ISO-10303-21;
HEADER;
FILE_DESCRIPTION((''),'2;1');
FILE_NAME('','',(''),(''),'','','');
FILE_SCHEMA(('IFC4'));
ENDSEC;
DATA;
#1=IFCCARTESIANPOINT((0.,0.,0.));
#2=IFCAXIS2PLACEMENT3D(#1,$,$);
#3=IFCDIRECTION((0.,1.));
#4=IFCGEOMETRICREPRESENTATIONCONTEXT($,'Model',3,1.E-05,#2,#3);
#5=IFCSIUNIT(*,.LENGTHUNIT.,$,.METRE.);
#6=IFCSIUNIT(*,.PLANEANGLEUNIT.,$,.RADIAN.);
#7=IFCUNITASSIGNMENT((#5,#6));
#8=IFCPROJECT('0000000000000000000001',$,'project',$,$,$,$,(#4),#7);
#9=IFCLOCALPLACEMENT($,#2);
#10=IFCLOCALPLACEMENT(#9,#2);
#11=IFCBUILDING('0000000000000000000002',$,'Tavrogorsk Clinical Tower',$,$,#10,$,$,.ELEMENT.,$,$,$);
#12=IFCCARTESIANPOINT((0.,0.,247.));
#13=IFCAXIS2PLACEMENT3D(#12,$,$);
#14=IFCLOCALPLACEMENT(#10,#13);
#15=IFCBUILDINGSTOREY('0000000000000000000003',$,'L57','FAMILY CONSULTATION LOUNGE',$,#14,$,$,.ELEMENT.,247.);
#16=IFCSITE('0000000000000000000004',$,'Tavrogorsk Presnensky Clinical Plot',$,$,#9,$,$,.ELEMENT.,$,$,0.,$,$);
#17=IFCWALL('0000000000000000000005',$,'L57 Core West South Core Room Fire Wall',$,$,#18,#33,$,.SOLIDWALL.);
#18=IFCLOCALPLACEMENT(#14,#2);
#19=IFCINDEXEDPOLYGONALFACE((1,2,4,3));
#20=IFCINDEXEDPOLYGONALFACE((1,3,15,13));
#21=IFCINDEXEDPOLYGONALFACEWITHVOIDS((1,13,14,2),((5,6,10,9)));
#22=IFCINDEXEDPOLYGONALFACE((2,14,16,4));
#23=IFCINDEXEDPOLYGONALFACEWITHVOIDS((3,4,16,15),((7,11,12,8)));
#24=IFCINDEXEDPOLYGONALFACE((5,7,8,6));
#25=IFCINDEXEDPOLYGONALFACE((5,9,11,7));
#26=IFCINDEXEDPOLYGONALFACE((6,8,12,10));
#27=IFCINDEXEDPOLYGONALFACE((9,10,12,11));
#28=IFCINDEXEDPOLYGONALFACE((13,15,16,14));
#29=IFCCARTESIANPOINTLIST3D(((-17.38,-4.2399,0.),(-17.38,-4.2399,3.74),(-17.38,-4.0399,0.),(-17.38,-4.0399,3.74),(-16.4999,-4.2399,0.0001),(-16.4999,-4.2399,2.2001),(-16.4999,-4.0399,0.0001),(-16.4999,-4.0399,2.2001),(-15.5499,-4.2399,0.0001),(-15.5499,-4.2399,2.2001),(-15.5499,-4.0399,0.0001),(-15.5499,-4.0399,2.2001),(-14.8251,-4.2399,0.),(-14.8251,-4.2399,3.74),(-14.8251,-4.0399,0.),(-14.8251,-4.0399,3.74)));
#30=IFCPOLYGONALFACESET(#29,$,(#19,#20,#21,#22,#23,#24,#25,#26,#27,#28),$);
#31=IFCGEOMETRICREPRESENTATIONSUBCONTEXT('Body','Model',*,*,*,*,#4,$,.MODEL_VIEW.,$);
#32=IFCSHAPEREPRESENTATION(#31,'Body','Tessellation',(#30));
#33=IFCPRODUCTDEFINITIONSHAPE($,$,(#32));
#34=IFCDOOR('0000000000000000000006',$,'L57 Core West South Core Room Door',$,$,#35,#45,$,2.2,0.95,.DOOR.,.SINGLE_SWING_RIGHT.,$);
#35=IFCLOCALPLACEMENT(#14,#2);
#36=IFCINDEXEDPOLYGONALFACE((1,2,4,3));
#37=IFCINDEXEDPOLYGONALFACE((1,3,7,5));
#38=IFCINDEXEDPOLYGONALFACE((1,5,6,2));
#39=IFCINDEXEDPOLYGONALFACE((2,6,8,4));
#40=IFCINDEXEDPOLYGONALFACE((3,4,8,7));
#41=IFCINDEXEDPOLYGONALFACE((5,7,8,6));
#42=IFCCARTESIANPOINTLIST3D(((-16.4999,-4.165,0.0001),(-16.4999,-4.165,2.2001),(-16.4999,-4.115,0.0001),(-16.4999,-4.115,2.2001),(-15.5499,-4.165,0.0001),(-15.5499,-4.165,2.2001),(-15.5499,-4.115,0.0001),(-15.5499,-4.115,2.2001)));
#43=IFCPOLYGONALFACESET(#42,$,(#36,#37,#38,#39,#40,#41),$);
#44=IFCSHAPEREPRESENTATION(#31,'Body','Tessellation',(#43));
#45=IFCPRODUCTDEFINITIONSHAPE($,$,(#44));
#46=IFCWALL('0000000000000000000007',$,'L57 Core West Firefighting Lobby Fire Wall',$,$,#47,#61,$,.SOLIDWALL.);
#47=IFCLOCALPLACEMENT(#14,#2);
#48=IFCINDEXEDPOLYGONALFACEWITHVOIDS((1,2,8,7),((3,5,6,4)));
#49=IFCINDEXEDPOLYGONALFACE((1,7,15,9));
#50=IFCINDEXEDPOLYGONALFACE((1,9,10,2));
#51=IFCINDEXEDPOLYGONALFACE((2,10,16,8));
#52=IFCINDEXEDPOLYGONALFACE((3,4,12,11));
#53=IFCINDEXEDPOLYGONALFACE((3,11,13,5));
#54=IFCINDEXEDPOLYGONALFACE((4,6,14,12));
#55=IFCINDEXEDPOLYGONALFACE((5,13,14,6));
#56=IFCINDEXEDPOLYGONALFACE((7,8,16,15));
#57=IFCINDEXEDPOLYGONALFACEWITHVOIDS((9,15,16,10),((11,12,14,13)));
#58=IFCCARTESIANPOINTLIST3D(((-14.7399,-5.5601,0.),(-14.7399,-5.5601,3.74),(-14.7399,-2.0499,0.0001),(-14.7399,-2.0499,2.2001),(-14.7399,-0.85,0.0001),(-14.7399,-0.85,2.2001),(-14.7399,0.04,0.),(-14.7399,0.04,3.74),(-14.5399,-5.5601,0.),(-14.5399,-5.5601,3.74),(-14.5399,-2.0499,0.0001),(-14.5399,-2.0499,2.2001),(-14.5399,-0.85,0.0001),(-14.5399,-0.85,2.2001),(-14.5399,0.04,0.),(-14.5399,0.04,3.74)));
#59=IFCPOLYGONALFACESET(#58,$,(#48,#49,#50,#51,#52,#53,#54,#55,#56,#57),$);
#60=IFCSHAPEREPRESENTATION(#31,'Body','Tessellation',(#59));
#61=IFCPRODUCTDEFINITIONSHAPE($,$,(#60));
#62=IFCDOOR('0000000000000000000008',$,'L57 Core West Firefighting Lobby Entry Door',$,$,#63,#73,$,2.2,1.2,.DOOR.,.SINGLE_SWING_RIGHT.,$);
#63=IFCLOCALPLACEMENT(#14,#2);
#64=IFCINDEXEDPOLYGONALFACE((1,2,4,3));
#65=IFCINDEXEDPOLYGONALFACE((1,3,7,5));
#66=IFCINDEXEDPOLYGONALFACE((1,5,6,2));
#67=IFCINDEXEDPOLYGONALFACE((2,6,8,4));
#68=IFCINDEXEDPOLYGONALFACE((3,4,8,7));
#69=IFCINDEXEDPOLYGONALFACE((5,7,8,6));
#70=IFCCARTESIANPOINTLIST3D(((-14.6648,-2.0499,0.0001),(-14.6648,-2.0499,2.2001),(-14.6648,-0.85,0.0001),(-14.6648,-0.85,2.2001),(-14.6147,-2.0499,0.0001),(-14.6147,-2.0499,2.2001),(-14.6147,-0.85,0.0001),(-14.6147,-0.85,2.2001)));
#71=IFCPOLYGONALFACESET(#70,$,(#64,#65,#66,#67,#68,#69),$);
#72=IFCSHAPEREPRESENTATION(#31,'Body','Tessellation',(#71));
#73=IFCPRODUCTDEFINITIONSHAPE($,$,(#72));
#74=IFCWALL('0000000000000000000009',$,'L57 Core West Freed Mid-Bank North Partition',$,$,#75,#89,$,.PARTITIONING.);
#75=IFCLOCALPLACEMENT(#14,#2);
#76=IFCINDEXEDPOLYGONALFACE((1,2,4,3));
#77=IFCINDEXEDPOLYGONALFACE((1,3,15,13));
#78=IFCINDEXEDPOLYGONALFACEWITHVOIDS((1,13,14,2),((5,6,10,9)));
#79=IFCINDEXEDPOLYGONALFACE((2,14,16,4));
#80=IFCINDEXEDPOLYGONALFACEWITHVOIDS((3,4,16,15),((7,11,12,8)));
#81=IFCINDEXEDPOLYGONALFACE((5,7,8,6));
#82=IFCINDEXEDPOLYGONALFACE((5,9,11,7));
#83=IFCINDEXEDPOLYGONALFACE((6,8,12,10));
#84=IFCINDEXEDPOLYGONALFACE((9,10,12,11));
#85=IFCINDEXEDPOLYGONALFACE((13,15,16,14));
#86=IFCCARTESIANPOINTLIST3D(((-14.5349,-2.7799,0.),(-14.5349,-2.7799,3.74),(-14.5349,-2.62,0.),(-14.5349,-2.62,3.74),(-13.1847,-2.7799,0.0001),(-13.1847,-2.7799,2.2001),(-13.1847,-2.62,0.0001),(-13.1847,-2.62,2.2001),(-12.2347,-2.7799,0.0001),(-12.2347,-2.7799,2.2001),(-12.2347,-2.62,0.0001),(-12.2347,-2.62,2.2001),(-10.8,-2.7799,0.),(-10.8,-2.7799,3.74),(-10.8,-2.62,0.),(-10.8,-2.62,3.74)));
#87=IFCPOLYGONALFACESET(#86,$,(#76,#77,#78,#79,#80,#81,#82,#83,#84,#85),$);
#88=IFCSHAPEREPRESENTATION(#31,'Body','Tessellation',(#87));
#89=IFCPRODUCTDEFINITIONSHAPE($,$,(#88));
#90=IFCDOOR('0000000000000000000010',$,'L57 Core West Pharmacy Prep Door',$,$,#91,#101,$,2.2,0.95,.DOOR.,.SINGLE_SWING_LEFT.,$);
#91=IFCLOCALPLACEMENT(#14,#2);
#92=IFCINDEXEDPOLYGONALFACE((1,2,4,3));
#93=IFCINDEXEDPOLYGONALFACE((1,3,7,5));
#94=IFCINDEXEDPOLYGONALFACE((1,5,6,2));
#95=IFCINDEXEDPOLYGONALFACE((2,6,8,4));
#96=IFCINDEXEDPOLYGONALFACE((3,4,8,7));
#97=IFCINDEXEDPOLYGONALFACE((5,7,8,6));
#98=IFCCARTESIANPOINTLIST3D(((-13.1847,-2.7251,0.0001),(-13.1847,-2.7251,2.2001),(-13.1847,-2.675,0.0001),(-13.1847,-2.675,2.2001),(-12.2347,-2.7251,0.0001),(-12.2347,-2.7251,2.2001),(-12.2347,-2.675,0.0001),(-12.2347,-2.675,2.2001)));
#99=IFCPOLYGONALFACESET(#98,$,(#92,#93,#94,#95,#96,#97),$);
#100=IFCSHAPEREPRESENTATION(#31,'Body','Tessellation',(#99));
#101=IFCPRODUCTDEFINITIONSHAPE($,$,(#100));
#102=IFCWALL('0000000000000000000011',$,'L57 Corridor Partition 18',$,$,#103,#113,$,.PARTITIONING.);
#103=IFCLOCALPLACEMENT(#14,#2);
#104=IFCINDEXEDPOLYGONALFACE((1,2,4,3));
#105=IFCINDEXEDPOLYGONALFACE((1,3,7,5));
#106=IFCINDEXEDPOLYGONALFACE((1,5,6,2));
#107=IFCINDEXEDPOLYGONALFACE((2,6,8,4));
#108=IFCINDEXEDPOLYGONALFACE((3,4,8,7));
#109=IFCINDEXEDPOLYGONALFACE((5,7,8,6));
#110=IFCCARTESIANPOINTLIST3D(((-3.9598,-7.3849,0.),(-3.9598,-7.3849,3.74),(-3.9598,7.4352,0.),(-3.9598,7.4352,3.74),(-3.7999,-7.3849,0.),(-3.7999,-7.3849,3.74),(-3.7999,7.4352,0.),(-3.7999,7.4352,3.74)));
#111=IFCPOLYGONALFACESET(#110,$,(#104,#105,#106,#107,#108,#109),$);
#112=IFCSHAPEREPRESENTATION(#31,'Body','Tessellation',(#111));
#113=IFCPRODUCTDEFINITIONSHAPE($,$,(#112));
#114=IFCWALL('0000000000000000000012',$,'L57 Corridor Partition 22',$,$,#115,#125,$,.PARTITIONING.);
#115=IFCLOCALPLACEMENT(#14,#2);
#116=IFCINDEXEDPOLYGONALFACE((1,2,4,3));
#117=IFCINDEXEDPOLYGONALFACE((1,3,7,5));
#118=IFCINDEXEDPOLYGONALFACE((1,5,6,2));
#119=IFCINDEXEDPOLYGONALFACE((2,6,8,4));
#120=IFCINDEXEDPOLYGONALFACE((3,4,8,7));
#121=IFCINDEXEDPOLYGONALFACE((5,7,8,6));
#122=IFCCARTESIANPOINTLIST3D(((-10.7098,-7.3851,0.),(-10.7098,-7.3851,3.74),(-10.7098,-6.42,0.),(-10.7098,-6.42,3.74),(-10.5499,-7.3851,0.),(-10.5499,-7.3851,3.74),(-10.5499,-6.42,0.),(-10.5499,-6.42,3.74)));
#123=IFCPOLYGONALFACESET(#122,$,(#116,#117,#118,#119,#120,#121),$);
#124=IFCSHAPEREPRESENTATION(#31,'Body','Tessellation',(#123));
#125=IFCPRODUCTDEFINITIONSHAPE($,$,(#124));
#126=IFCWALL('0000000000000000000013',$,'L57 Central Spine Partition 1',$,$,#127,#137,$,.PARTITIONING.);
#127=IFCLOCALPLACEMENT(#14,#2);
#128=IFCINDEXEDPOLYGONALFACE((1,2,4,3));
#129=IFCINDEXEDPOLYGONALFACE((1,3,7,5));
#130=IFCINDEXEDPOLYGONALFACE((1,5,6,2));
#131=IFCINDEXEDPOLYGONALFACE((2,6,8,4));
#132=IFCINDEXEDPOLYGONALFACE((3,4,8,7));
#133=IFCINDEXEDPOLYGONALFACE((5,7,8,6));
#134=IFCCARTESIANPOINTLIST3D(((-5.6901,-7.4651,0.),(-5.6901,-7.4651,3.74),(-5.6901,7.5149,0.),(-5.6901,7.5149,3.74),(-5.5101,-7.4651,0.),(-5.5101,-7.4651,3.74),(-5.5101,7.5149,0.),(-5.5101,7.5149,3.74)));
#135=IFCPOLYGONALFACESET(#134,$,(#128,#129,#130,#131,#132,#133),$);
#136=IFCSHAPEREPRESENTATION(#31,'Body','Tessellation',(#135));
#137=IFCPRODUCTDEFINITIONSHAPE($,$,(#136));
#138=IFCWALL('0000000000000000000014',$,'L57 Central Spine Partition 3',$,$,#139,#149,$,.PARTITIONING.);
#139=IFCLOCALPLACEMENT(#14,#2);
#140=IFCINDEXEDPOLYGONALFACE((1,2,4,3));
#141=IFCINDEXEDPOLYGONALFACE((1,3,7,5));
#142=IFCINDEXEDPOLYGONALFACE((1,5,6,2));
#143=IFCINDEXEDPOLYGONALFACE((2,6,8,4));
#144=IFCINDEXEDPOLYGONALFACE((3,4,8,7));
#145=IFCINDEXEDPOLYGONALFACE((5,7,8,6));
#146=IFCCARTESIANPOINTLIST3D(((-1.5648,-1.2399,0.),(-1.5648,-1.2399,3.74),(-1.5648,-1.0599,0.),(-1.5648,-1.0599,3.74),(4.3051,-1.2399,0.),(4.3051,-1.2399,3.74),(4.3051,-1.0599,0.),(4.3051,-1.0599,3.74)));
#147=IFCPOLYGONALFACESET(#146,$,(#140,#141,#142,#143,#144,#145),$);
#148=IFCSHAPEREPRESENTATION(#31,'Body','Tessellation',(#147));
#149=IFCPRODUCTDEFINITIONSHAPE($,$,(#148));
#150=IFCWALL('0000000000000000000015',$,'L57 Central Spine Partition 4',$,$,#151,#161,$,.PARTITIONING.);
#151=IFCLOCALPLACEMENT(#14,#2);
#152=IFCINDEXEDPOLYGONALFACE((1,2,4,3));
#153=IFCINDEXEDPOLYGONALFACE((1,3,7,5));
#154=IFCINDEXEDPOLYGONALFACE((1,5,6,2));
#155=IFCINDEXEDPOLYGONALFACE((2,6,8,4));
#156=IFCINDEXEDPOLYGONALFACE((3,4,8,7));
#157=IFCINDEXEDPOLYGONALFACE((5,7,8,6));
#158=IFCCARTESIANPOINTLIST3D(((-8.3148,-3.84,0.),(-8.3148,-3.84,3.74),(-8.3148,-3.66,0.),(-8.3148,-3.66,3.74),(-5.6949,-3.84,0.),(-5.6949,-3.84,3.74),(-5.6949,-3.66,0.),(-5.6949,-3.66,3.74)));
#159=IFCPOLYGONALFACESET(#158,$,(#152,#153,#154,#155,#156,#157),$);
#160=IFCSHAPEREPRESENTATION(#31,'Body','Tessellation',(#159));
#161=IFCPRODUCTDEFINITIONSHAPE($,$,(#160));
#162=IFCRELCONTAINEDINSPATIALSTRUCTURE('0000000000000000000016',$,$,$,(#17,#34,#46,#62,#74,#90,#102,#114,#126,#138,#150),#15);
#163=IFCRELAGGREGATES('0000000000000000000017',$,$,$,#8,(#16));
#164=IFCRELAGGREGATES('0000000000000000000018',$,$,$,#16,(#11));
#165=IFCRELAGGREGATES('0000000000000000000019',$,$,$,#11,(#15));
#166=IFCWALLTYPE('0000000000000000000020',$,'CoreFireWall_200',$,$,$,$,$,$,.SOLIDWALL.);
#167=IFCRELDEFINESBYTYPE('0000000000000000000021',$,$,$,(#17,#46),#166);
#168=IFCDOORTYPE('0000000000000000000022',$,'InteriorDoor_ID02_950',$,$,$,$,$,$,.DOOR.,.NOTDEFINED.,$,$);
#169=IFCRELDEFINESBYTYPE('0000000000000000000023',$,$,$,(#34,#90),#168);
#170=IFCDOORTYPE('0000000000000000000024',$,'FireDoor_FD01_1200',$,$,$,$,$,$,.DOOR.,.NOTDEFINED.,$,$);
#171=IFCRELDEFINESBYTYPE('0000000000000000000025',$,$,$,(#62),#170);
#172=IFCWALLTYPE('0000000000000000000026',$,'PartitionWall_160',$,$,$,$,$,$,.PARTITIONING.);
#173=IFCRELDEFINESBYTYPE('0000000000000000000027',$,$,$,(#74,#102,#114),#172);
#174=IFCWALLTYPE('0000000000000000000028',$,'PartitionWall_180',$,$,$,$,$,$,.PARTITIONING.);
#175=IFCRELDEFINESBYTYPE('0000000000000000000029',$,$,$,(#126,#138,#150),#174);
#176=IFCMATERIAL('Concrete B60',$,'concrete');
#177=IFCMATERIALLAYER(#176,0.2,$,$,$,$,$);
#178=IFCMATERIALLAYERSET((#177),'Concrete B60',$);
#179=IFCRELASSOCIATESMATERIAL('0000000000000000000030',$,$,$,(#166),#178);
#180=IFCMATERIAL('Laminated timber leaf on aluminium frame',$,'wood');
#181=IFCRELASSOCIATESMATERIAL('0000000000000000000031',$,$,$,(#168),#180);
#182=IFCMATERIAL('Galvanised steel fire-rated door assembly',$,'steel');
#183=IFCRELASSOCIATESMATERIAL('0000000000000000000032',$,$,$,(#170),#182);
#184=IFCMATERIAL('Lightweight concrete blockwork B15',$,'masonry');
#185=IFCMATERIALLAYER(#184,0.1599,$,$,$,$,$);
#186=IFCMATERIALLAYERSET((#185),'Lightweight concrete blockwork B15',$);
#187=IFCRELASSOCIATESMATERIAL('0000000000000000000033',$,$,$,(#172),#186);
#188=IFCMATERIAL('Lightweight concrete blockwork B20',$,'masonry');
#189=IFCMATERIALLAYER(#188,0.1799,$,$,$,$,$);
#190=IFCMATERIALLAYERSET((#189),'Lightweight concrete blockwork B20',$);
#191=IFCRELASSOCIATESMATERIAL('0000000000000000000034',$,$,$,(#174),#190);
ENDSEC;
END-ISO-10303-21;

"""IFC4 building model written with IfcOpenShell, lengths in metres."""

from ifc_helpers import new_model, si_unit, direction, frame, frame_2d, origin, place, context, subcontext, project, spatial, rectangle, extrude, material, layer, layer_set, type_object, element, fill, save


model = new_model("IFC4")

# Units and contexts
model_context = context("Model", 3, precision=1e-05, world=origin(), true_north=direction((0.0, 1.0)))
body_context = subcontext(model_context, "Body", "Model", "MODEL_VIEW")
ifc_project = project(units=[si_unit("LENGTHUNIT", "METRE"), si_unit("PLANEANGLEUNIT", "RADIAN")], contexts=[model_context])

# Site, building, storey
site_placement = place(None, origin())
site = spatial("IfcSite", under=ifc_project, at=site_placement, Name="Tavrogorsk Presnensky Clinical Plot", CompositionType="ELEMENT", RefElevation=0.0)
building_placement = place(site_placement, origin())
building = spatial("IfcBuilding", under=site, at=building_placement, Name="Tavrogorsk Clinical Tower", CompositionType="ELEMENT")
storey_placement = place(building_placement, frame((0.0, 0.0, 247.0)))
storey = spatial("IfcBuildingStorey", under=building, at=storey_placement, Name="L57", Description="FAMILY CONSULTATION LOUNGE", CompositionType="ELEMENT", Elevation=247.0)

# Walls, openings, doors
ifc_material_1 = material(Name="Concrete B60", Category="concrete")
ifc_layer_1 = layer(ifc_material_1, 0.2)
ifc_layer_set_1 = layer_set([ifc_layer_1], Name="Concrete B60")
wall_type_1 = type_object("IfcWallType", Name="CoreFireWall_200", PredefinedType="SOLIDWALL", material=ifc_layer_set_1)
wall_1_placement = place(storey_placement, frame((-17.3799, -4.1399, 0.0), z_axis=(0.0, 0.0, 1.0), x_axis=(1.0, 0.0, 0.0)))
wall_1 = element("IfcWall", 1, at=wall_1_placement, inside=storey, type_object=wall_type_1, Name="L57 Core West South Core Room Fire Wall", PredefinedType="SOLIDWALL", context=body_context, shape_type="SweptSolid", body=[
    extrude(rectangle(XDim=2.5549, YDim=0.2, at=frame_2d((1.2773, 0.0))), origin(), (0.0, 0.0, 1.0), 3.74),
])
opening_1_placement = place(wall_1_placement, frame((0.8799, 0.0, 0.0)))
opening_1 = element("IfcOpeningElement", 2, at=opening_1_placement, cuts=wall_1, PredefinedType="OPENING", context=body_context, shape_type="SweptSolid", body=[
    extrude(rectangle(XDim=0.95, YDim=2.2, at=frame_2d((0.4751, 1.1001))), frame((0.0, 0.1099, 0.0), z_axis=(0.0, -1.0, 0.0), x_axis=(1.0, 0.0, 0.0)), (0.0, 0.0, 1.0), 0.22),
])
ifc_material_2 = material(Name="Laminated timber leaf on aluminium frame", Category="wood")
door_type_1 = type_object("IfcDoorType", Name="InteriorDoor_ID02_950", OperationType="NOTDEFINED", PredefinedType="DOOR", material=ifc_material_2)
door_1_placement = place(opening_1_placement, origin())
door_1 = element("IfcDoor", 3, at=door_1_placement, inside=storey, type_object=door_type_1, Name="L57 Core West South Core Room Door", OperationType="SINGLE_SWING_RIGHT", OverallHeight=2.2, OverallWidth=0.95, PredefinedType="DOOR", context=body_context, shape_type="SweptSolid", body=[
    extrude(rectangle(XDim=0.95, YDim=2.2, at=frame_2d((0.4751, 1.1001))), frame((0.0, 0.0249, 0.0), z_axis=(0.0, -1.0, 0.0), x_axis=(1.0, 0.0, 0.0)), (0.0, 0.0, 1.0), 0.05),
])
fill(opening_1, door_1)
wall_2_placement = place(storey_placement, frame((-14.6399, -5.5601, 0.0), z_axis=(0.0, 0.0, 1.0), x_axis=(0.0, 1.0, 0.0)))
wall_2 = element("IfcWall", 4, at=wall_2_placement, inside=storey, type_object=wall_type_1, Name="L57 Core West Firefighting Lobby Fire Wall", PredefinedType="SOLIDWALL", context=body_context, shape_type="SweptSolid", body=[
    extrude(rectangle(XDim=5.6001, YDim=0.2, at=frame_2d((2.8, 0.0))), origin(), (0.0, 0.0, 1.0), 3.74),
])
opening_2_placement = place(wall_2_placement, frame((3.51, 0.0, 0.0)))
opening_2 = element("IfcOpeningElement", 5, at=opening_2_placement, cuts=wall_2, PredefinedType="OPENING", context=body_context, shape_type="SweptSolid", body=[
    extrude(rectangle(XDim=1.2, YDim=2.2, at=frame_2d((0.6001, 1.1001))), frame((0.0, 0.1099, 0.0), z_axis=(0.0, -1.0, 0.0), x_axis=(1.0, 0.0, 0.0)), (0.0, 0.0, 1.0), 0.22),
])
ifc_material_3 = material(Name="Galvanised steel fire-rated door assembly", Category="steel")
door_type_2 = type_object("IfcDoorType", Name="FireDoor_FD01_1200", OperationType="NOTDEFINED", PredefinedType="DOOR", material=ifc_material_3)
door_2_placement = place(opening_2_placement, origin())
door_2 = element("IfcDoor", 6, at=door_2_placement, inside=storey, type_object=door_type_2, Name="L57 Core West Firefighting Lobby Entry Door", OperationType="SINGLE_SWING_RIGHT", OverallHeight=2.2, OverallWidth=1.2, PredefinedType="DOOR", context=body_context, shape_type="SweptSolid", body=[
    extrude(rectangle(XDim=1.2, YDim=2.2, at=frame_2d((0.6001, 1.1001))), frame((0.0, 0.0249, 0.0), z_axis=(0.0, -1.0, 0.0), x_axis=(1.0, 0.0, 0.0)), (0.0, 0.0, 1.0), 0.05),
])
fill(opening_2, door_2)
ifc_material_4 = material(Name="Lightweight concrete blockwork B15", Category="masonry")
ifc_layer_2 = layer(ifc_material_4, 0.1599)
ifc_layer_set_2 = layer_set([ifc_layer_2], Name="Lightweight concrete blockwork B15")
wall_type_2 = type_object("IfcWallType", Name="PartitionWall_160", PredefinedType="PARTITIONING", material=ifc_layer_set_2)
wall_3_placement = place(storey_placement, frame((-14.5349, -2.7, 0.0), z_axis=(0.0, 0.0, 1.0), x_axis=(1.0, 0.0, 0.0)))
wall_3 = element("IfcWall", 7, at=wall_3_placement, inside=storey, type_object=wall_type_2, Name="L57 Core West Freed Mid-Bank North Partition", PredefinedType="PARTITIONING", context=body_context, shape_type="SweptSolid", body=[
    extrude(rectangle(XDim=3.7349, YDim=0.1599, at=frame_2d((1.8674, 0.0))), origin(), (0.0, 0.0, 1.0), 3.74),
])
opening_3_placement = place(wall_3_placement, frame((1.3501, 0.0, 0.0)))
opening_3 = element("IfcOpeningElement", 8, at=opening_3_placement, cuts=wall_3, PredefinedType="OPENING", context=body_context, shape_type="SweptSolid", body=[
    extrude(rectangle(XDim=0.95, YDim=2.2, at=frame_2d((0.4751, 1.1001))), frame((0.0, 0.0898, 0.0), z_axis=(0.0, -1.0, 0.0), x_axis=(1.0, 0.0, 0.0)), (0.0, 0.0, 1.0), 0.1799),
])
door_3_placement = place(opening_3_placement, origin())
door_3 = element("IfcDoor", 9, at=door_3_placement, inside=storey, type_object=door_type_1, Name="L57 Core West Pharmacy Prep Door", OperationType="SINGLE_SWING_LEFT", OverallHeight=2.2, OverallWidth=0.95, PredefinedType="DOOR", context=body_context, shape_type="SweptSolid", body=[
    extrude(rectangle(XDim=0.95, YDim=2.2, at=frame_2d((0.4751, 1.1001))), frame((0.0, 0.0249, 0.0), z_axis=(0.0, -1.0, 0.0), x_axis=(1.0, 0.0, 0.0)), (0.0, 0.0, 1.0), 0.05),
])
fill(opening_3, door_3)

# Walls
wall_4_placement = place(storey_placement, frame((-3.8799, -7.385, 0.0), z_axis=(0.0, 0.0, 1.0), x_axis=(0.0, 1.0, 0.0)))
element("IfcWall", 10, at=wall_4_placement, inside=storey, type_object=wall_type_2, Name="L57 Corridor Partition 18", PredefinedType="PARTITIONING", context=body_context, shape_type="SweptSolid", body=[
    extrude(rectangle(XDim=14.8201, YDim=0.1599, at=frame_2d((7.4102, 0.0))), origin(), (0.0, 0.0, 1.0), 3.74),
])
wall_5_placement = place(storey_placement, frame((-10.6299, -7.385, 0.0), z_axis=(0.0, 0.0, 1.0), x_axis=(0.0, 1.0, 0.0)))
element("IfcWall", 11, at=wall_5_placement, inside=storey, type_object=wall_type_2, Name="L57 Corridor Partition 22", PredefinedType="PARTITIONING", context=body_context, shape_type="SweptSolid", body=[
    extrude(rectangle(XDim=0.9651, YDim=0.1599, at=frame_2d((0.4824, 0.0))), origin(), (0.0, 0.0, 1.0), 3.74),
])
ifc_material_5 = material(Name="Lightweight concrete blockwork B20", Category="masonry")
ifc_layer_3 = layer(ifc_material_5, 0.1799)
ifc_layer_set_3 = layer_set([ifc_layer_3], Name="Lightweight concrete blockwork B20")
wall_type_3 = type_object("IfcWallType", Name="PartitionWall_180", PredefinedType="PARTITIONING", material=ifc_layer_set_3)
wall_6_placement = place(storey_placement, frame((-5.6001, -7.4651, 0.0), z_axis=(0.0, 0.0, 1.0), x_axis=(0.0, 1.0, 0.0)))
element("IfcWall", 12, at=wall_6_placement, inside=storey, type_object=wall_type_3, Name="L57 Central Spine Partition 1", PredefinedType="PARTITIONING", context=body_context, shape_type="SweptSolid", body=[
    extrude(rectangle(XDim=14.98, YDim=0.1799, at=frame_2d((7.49, 0.0))), origin(), (0.0, 0.0, 1.0), 3.74),
])
wall_7_placement = place(storey_placement, frame((-1.5649, -1.1499, 0.0), z_axis=(0.0, 0.0, 1.0), x_axis=(1.0, 0.0, 0.0)))
element("IfcWall", 13, at=wall_7_placement, inside=storey, type_object=wall_type_3, Name="L57 Central Spine Partition 3", PredefinedType="PARTITIONING", context=body_context, shape_type="SweptSolid", body=[
    extrude(rectangle(XDim=5.8699, YDim=0.1799, at=frame_2d((2.9351, 0.0))), origin(), (0.0, 0.0, 1.0), 3.74),
])
wall_8_placement = place(storey_placement, frame((-8.3149, -3.75, 0.0), z_axis=(0.0, 0.0, 1.0), x_axis=(1.0, 0.0, 0.0)))
element("IfcWall", 14, at=wall_8_placement, inside=storey, type_object=wall_type_3, Name="L57 Central Spine Partition 4", PredefinedType="PARTITIONING", context=body_context, shape_type="SweptSolid", body=[
    extrude(rectangle(XDim=2.6199, YDim=0.1799, at=frame_2d((1.3101, 0.0))), origin(), (0.0, 0.0, 1.0), 3.74),
])

save(model, "model.ifc")
